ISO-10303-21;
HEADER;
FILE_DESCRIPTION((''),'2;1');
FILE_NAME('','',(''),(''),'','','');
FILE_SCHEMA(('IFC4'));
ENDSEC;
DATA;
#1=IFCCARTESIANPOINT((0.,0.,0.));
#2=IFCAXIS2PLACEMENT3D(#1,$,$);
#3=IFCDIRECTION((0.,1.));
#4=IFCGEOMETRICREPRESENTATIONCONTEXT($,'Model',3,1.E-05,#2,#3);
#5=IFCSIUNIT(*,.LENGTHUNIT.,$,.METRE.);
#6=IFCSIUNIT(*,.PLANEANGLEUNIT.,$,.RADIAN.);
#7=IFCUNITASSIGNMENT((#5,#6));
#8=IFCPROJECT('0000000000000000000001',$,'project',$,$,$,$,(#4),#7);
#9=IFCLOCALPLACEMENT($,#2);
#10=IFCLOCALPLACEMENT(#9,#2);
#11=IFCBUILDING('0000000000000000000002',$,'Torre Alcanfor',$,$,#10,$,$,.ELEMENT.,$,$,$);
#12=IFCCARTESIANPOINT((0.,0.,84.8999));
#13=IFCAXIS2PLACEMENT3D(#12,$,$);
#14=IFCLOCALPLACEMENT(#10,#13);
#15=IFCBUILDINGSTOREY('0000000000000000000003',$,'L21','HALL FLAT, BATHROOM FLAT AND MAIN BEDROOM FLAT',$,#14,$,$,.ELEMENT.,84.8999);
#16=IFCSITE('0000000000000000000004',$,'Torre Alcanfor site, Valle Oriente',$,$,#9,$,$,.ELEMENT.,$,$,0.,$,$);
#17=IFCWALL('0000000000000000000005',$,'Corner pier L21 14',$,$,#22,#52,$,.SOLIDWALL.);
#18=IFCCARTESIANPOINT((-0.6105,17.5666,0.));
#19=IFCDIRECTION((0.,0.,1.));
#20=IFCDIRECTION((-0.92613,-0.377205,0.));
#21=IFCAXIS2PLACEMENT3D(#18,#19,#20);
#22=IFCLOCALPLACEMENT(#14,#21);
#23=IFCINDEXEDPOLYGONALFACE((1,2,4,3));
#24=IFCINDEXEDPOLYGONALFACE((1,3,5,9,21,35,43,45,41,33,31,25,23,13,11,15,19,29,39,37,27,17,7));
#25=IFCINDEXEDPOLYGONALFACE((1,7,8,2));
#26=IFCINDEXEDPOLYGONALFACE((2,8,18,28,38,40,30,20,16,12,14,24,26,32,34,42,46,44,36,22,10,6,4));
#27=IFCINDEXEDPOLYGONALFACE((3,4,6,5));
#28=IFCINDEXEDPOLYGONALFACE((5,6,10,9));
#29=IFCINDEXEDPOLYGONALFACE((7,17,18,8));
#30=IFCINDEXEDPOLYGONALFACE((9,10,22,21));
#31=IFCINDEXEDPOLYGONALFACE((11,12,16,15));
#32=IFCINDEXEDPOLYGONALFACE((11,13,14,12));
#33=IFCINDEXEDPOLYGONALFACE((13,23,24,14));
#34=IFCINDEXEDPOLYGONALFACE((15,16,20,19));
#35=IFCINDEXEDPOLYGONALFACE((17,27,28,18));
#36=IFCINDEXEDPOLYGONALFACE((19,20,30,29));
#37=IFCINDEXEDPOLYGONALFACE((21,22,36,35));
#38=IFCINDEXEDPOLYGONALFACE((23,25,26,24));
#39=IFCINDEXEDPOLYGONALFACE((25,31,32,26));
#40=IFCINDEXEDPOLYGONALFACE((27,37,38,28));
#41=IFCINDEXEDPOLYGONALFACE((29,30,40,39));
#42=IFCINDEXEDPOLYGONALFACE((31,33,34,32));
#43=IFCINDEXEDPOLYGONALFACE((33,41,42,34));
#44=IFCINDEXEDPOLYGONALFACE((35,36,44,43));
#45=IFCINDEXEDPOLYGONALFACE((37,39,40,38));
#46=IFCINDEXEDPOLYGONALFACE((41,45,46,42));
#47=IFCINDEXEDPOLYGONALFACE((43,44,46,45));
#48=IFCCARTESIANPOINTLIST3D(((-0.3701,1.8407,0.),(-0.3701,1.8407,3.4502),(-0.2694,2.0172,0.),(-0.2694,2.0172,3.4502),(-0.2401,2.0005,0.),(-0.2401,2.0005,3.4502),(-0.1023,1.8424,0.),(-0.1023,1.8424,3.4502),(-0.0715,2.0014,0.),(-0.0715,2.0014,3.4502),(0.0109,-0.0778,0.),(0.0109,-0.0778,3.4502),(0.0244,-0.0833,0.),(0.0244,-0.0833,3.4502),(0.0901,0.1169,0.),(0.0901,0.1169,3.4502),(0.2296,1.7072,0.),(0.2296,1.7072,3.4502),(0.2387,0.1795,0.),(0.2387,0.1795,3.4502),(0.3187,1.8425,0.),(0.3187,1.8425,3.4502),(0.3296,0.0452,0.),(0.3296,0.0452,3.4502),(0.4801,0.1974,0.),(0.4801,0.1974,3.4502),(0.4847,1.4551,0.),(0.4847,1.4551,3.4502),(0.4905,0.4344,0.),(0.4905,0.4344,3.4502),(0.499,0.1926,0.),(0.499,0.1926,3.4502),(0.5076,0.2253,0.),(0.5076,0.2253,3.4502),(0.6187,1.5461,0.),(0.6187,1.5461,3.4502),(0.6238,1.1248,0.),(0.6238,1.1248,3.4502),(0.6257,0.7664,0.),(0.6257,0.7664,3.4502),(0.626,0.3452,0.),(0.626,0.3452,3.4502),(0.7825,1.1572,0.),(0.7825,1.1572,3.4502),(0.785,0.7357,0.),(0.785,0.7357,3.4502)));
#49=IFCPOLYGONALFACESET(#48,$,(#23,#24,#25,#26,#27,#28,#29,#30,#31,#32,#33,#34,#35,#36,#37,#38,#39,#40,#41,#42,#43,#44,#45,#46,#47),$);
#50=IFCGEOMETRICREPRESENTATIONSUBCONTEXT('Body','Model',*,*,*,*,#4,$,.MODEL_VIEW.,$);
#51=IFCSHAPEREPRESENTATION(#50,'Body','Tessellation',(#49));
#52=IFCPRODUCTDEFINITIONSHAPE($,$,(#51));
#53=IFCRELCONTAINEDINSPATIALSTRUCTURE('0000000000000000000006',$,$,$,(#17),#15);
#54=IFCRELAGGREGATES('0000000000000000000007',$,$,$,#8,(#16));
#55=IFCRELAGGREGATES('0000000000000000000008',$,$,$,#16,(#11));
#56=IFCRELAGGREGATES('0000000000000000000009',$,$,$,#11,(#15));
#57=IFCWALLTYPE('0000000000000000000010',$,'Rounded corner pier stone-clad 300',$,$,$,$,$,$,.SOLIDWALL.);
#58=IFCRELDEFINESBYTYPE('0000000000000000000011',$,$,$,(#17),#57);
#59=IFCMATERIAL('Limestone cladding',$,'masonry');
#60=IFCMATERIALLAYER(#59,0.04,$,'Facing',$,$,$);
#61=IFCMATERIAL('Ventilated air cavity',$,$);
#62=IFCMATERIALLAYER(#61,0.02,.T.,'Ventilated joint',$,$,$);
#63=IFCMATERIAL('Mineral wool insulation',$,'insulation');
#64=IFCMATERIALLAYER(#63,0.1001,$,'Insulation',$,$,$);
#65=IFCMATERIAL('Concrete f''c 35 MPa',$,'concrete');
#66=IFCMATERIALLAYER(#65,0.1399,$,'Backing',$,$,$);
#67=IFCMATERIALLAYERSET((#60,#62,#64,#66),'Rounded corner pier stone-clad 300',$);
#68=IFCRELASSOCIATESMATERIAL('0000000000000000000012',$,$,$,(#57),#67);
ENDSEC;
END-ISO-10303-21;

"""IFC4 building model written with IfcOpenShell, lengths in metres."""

from ifc_helpers import new_model, si_unit, direction, frame, origin, place, context, subcontext, project, spatial, polyline, outline, extrude, material, layer, layer_set, type_object, element, save


model = new_model("IFC4")

# Units and contexts
model_context = context("Model", 3, precision=1e-05, world=origin(), true_north=direction((0.0, 1.0)))
body_context = subcontext(model_context, "Body", "Model", "MODEL_VIEW")
ifc_project = project(units=[si_unit("LENGTHUNIT", "METRE"), si_unit("PLANEANGLEUNIT", "RADIAN")], contexts=[model_context])

# Site, building, storey
site_placement = place(None, origin())
site = spatial("IfcSite", under=ifc_project, at=site_placement, Name="Torre Alcanfor site, Valle Oriente", CompositionType="ELEMENT", RefElevation=0.0)
building_placement = place(site_placement, origin())
building = spatial("IfcBuilding", under=site, at=building_placement, Name="Torre Alcanfor", CompositionType="ELEMENT")
storey_placement = place(building_placement, frame((0.0, 0.0, 84.8999)))
storey = spatial("IfcBuildingStorey", under=building, at=storey_placement, Name="L21", Description="HALL FLAT, BATHROOM FLAT AND MAIN BEDROOM FLAT", CompositionType="ELEMENT", Elevation=84.8999)

# Wall
ifc_material_1 = material(Name="Limestone cladding", Category="masonry")
ifc_layer_1 = layer(ifc_material_1, 0.04, Name="Facing")
ifc_material_2 = material(Name="Ventilated air cavity")
ifc_layer_2 = layer(ifc_material_2, 0.02, ventilated=True, Name="Ventilated joint")
ifc_material_3 = material(Name="Mineral wool insulation", Category="insulation")
ifc_layer_3 = layer(ifc_material_3, 0.1001, Name="Insulation")
ifc_material_4 = material(Name="Concrete f'c 35 MPa", Category="concrete")
ifc_layer_4 = layer(ifc_material_4, 0.1399, Name="Backing")
ifc_layer_set_1 = layer_set([ifc_layer_1, ifc_layer_2, ifc_layer_3, ifc_layer_4], Name="Rounded corner pier stone-clad 300")
wall_type_1 = type_object("IfcWallType", Name="Rounded corner pier stone-clad 300", PredefinedType="SOLIDWALL", material=ifc_layer_set_1)
wall_1_placement = place(storey_placement, frame((-0.6105, 17.5666, 0.0), z_axis=(0.0, 0.0, 1.0), x_axis=(-0.92613, -0.377205, 0.0)))
element("IfcWall", 1, at=wall_1_placement, inside=storey, type_object=wall_type_1, Name="Corner pier L21 14", PredefinedType="SOLIDWALL", context=body_context, shape_type="SweptSolid", body=[
    extrude(outline(polyline([(-0.2694, 2.0172), (-0.3701, 1.8407), (-0.1023, 1.8424), (0.2296, 1.7072), (0.4847, 1.4551), (0.6238, 1.1248), (0.6257, 0.7664), (0.4905, 0.4344), (0.2387, 0.1795), (0.0901, 0.1169), (0.0109, -0.0778), (0.0244, -0.0833), (0.3296, 0.0452), (0.4801, 0.1974), (0.499, 0.1926), (0.5076, 0.2253), (0.626, 0.3452), (0.785, 0.7357), (0.7825, 1.1572), (0.6187, 1.5461), (0.3187, 1.8425), (-0.0715, 2.0014), (-0.2401, 2.0005), (-0.2694, 2.0172)])), origin(), (0.0, 0.0, 1.0), 3.4502),
])

save(model, "model.ifc")
